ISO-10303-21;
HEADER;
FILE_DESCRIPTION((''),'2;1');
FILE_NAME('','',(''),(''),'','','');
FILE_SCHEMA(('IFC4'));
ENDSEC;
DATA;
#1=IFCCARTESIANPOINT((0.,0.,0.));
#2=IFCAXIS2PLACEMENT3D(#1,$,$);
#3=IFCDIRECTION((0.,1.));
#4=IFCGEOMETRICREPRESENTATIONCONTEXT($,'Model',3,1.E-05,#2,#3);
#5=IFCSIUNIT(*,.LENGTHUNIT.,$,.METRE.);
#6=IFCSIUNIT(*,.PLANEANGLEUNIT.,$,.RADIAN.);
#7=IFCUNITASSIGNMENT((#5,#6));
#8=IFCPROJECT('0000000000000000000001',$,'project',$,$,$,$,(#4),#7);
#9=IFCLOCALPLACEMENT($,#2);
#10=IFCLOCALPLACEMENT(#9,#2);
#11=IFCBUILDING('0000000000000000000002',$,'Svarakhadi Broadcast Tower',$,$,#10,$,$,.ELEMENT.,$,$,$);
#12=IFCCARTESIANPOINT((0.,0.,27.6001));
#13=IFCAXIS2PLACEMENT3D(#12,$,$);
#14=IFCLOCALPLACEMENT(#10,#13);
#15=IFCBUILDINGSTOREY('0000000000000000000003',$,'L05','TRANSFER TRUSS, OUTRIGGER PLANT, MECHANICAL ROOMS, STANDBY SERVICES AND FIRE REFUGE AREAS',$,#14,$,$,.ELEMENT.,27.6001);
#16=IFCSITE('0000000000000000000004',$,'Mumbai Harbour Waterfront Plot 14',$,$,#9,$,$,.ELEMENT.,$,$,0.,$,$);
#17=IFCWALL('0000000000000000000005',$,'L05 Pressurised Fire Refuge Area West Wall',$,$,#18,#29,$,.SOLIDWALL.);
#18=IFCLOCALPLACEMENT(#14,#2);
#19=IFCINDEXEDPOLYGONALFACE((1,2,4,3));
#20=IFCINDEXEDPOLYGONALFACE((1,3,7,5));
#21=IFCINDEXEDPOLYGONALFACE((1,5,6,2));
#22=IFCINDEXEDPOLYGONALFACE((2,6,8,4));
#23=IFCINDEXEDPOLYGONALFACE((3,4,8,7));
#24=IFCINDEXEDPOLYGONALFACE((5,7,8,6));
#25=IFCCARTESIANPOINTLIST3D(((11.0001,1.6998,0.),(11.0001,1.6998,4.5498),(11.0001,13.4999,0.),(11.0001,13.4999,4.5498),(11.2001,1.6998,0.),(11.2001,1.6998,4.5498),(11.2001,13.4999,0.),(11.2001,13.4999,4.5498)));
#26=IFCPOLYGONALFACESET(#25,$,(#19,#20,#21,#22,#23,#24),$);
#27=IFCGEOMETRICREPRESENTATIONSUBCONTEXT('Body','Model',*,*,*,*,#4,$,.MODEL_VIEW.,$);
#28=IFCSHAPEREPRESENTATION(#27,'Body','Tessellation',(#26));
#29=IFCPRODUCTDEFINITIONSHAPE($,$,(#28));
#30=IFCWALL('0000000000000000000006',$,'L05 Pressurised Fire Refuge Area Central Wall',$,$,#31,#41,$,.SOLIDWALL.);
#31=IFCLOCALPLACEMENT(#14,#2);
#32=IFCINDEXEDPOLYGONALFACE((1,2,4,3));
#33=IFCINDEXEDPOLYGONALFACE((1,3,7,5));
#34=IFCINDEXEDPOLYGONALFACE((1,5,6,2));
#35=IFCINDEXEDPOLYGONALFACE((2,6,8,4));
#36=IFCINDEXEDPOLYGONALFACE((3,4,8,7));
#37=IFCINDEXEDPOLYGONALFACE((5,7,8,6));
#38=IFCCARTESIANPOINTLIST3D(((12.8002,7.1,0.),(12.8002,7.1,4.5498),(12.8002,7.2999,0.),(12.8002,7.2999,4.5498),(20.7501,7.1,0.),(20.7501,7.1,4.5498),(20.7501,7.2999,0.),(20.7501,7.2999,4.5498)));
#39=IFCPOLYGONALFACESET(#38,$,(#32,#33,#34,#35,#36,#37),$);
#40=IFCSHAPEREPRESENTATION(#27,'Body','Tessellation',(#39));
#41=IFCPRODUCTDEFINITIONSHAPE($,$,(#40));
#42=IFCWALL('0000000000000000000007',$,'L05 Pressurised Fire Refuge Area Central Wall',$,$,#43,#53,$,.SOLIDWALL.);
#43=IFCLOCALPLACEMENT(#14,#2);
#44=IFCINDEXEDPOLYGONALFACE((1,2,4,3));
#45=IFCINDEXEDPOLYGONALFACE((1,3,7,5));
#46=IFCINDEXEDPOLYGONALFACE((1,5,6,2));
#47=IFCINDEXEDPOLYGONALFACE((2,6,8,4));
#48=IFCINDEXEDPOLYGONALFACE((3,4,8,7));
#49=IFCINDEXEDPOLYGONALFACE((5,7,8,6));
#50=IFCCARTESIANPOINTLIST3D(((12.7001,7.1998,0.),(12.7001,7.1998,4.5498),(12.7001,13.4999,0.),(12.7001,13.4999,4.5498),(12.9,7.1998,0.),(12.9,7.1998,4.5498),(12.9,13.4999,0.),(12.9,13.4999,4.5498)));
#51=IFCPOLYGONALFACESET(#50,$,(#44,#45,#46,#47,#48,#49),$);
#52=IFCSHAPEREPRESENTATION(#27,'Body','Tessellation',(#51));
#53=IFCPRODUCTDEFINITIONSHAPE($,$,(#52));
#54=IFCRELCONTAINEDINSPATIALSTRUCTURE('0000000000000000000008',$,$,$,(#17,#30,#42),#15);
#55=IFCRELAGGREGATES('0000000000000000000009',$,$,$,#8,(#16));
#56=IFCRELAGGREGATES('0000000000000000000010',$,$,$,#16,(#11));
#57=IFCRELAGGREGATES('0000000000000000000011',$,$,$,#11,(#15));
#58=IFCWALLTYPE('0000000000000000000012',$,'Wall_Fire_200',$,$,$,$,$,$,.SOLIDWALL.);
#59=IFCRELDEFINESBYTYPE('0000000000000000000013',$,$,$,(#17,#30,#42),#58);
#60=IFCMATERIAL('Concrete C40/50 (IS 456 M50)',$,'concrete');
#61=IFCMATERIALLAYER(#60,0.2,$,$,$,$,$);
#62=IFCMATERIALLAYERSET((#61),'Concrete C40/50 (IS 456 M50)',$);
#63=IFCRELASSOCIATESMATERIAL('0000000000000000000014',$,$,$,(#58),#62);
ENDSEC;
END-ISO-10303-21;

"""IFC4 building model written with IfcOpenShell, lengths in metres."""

from ifc_helpers import new_model, si_unit, direction, frame, frame_2d, origin, place, context, subcontext, project, spatial, rectangle, extrude, material, layer, layer_set, type_object, element, save


model = new_model("IFC4")

# Units and contexts
model_context = context("Model", 3, precision=1e-05, world=origin(), true_north=direction((0.0, 1.0)))
body_context = subcontext(model_context, "Body", "Model", "MODEL_VIEW")
ifc_project = project(units=[si_unit("LENGTHUNIT", "METRE"), si_unit("PLANEANGLEUNIT", "RADIAN")], contexts=[model_context])

# Site, building, storey
site_placement = place(None, origin())
site = spatial("IfcSite", under=ifc_project, at=site_placement, Name="Mumbai Harbour Waterfront Plot 14", CompositionType="ELEMENT", RefElevation=0.0)
building_placement = place(site_placement, origin())
building = spatial("IfcBuilding", under=site, at=building_placement, Name="Svarakhadi Broadcast Tower", CompositionType="ELEMENT")
storey_placement = place(building_placement, frame((0.0, 0.0, 27.6001)))
storey = spatial("IfcBuildingStorey", under=building, at=storey_placement, Name="L05", Description="TRANSFER TRUSS, OUTRIGGER PLANT, MECHANICAL ROOMS, STANDBY SERVICES AND FIRE REFUGE AREAS", CompositionType="ELEMENT", Elevation=27.6001)

# Walls
ifc_material_1 = material(Name="Concrete C40/50 (IS 456 M50)", Category="concrete")
ifc_layer_1 = layer(ifc_material_1, 0.2)
ifc_layer_set_1 = layer_set([ifc_layer_1], Name="Concrete C40/50 (IS 456 M50)")
wall_type = type_object("IfcWallType", Name="Wall_Fire_200", PredefinedType="SOLIDWALL", material=ifc_layer_set_1)
wall_1_placement = place(storey_placement, frame((11.1001, 1.7, 0.0), z_axis=(0.0, 0.0, 1.0), x_axis=(0.0, 1.0, 0.0)))
element("IfcWall", 1, at=wall_1_placement, inside=storey, type_object=wall_type, Name="L05 Pressurised Fire Refuge Area West Wall", PredefinedType="SOLIDWALL", context=body_context, shape_type="SweptSolid", body=[
    extrude(rectangle(XDim=11.8, YDim=0.2, at=frame_2d((5.8999, 0.0))), origin(), (0.0, 0.0, 1.0), 4.5498),
])
wall_2_placement = place(storey_placement, frame((12.8, 7.2, 0.0), z_axis=(0.0, 0.0, 1.0), x_axis=(1.0, 0.0, 0.0)))
element("IfcWall", 2, at=wall_2_placement, inside=storey, type_object=wall_type, Name="L05 Pressurised Fire Refuge Area Central Wall", PredefinedType="SOLIDWALL", context=body_context, shape_type="SweptSolid", body=[
    extrude(rectangle(XDim=7.95, YDim=0.2, at=frame_2d((3.9751, 0.0))), origin(), (0.0, 0.0, 1.0), 4.5498),
])
wall_3_placement = place(storey_placement, frame((12.8, 7.2, 0.0), z_axis=(0.0, 0.0, 1.0), x_axis=(0.0, 1.0, 0.0)))
element("IfcWall", 3, at=wall_3_placement, inside=storey, type_object=wall_type, Name="L05 Pressurised Fire Refuge Area Central Wall", PredefinedType="SOLIDWALL", context=body_context, shape_type="SweptSolid", body=[
    extrude(rectangle(XDim=6.3, YDim=0.2, at=frame_2d((3.1499, 0.0))), origin(), (0.0, 0.0, 1.0), 4.5498),
])

save(model, "model.ifc")
